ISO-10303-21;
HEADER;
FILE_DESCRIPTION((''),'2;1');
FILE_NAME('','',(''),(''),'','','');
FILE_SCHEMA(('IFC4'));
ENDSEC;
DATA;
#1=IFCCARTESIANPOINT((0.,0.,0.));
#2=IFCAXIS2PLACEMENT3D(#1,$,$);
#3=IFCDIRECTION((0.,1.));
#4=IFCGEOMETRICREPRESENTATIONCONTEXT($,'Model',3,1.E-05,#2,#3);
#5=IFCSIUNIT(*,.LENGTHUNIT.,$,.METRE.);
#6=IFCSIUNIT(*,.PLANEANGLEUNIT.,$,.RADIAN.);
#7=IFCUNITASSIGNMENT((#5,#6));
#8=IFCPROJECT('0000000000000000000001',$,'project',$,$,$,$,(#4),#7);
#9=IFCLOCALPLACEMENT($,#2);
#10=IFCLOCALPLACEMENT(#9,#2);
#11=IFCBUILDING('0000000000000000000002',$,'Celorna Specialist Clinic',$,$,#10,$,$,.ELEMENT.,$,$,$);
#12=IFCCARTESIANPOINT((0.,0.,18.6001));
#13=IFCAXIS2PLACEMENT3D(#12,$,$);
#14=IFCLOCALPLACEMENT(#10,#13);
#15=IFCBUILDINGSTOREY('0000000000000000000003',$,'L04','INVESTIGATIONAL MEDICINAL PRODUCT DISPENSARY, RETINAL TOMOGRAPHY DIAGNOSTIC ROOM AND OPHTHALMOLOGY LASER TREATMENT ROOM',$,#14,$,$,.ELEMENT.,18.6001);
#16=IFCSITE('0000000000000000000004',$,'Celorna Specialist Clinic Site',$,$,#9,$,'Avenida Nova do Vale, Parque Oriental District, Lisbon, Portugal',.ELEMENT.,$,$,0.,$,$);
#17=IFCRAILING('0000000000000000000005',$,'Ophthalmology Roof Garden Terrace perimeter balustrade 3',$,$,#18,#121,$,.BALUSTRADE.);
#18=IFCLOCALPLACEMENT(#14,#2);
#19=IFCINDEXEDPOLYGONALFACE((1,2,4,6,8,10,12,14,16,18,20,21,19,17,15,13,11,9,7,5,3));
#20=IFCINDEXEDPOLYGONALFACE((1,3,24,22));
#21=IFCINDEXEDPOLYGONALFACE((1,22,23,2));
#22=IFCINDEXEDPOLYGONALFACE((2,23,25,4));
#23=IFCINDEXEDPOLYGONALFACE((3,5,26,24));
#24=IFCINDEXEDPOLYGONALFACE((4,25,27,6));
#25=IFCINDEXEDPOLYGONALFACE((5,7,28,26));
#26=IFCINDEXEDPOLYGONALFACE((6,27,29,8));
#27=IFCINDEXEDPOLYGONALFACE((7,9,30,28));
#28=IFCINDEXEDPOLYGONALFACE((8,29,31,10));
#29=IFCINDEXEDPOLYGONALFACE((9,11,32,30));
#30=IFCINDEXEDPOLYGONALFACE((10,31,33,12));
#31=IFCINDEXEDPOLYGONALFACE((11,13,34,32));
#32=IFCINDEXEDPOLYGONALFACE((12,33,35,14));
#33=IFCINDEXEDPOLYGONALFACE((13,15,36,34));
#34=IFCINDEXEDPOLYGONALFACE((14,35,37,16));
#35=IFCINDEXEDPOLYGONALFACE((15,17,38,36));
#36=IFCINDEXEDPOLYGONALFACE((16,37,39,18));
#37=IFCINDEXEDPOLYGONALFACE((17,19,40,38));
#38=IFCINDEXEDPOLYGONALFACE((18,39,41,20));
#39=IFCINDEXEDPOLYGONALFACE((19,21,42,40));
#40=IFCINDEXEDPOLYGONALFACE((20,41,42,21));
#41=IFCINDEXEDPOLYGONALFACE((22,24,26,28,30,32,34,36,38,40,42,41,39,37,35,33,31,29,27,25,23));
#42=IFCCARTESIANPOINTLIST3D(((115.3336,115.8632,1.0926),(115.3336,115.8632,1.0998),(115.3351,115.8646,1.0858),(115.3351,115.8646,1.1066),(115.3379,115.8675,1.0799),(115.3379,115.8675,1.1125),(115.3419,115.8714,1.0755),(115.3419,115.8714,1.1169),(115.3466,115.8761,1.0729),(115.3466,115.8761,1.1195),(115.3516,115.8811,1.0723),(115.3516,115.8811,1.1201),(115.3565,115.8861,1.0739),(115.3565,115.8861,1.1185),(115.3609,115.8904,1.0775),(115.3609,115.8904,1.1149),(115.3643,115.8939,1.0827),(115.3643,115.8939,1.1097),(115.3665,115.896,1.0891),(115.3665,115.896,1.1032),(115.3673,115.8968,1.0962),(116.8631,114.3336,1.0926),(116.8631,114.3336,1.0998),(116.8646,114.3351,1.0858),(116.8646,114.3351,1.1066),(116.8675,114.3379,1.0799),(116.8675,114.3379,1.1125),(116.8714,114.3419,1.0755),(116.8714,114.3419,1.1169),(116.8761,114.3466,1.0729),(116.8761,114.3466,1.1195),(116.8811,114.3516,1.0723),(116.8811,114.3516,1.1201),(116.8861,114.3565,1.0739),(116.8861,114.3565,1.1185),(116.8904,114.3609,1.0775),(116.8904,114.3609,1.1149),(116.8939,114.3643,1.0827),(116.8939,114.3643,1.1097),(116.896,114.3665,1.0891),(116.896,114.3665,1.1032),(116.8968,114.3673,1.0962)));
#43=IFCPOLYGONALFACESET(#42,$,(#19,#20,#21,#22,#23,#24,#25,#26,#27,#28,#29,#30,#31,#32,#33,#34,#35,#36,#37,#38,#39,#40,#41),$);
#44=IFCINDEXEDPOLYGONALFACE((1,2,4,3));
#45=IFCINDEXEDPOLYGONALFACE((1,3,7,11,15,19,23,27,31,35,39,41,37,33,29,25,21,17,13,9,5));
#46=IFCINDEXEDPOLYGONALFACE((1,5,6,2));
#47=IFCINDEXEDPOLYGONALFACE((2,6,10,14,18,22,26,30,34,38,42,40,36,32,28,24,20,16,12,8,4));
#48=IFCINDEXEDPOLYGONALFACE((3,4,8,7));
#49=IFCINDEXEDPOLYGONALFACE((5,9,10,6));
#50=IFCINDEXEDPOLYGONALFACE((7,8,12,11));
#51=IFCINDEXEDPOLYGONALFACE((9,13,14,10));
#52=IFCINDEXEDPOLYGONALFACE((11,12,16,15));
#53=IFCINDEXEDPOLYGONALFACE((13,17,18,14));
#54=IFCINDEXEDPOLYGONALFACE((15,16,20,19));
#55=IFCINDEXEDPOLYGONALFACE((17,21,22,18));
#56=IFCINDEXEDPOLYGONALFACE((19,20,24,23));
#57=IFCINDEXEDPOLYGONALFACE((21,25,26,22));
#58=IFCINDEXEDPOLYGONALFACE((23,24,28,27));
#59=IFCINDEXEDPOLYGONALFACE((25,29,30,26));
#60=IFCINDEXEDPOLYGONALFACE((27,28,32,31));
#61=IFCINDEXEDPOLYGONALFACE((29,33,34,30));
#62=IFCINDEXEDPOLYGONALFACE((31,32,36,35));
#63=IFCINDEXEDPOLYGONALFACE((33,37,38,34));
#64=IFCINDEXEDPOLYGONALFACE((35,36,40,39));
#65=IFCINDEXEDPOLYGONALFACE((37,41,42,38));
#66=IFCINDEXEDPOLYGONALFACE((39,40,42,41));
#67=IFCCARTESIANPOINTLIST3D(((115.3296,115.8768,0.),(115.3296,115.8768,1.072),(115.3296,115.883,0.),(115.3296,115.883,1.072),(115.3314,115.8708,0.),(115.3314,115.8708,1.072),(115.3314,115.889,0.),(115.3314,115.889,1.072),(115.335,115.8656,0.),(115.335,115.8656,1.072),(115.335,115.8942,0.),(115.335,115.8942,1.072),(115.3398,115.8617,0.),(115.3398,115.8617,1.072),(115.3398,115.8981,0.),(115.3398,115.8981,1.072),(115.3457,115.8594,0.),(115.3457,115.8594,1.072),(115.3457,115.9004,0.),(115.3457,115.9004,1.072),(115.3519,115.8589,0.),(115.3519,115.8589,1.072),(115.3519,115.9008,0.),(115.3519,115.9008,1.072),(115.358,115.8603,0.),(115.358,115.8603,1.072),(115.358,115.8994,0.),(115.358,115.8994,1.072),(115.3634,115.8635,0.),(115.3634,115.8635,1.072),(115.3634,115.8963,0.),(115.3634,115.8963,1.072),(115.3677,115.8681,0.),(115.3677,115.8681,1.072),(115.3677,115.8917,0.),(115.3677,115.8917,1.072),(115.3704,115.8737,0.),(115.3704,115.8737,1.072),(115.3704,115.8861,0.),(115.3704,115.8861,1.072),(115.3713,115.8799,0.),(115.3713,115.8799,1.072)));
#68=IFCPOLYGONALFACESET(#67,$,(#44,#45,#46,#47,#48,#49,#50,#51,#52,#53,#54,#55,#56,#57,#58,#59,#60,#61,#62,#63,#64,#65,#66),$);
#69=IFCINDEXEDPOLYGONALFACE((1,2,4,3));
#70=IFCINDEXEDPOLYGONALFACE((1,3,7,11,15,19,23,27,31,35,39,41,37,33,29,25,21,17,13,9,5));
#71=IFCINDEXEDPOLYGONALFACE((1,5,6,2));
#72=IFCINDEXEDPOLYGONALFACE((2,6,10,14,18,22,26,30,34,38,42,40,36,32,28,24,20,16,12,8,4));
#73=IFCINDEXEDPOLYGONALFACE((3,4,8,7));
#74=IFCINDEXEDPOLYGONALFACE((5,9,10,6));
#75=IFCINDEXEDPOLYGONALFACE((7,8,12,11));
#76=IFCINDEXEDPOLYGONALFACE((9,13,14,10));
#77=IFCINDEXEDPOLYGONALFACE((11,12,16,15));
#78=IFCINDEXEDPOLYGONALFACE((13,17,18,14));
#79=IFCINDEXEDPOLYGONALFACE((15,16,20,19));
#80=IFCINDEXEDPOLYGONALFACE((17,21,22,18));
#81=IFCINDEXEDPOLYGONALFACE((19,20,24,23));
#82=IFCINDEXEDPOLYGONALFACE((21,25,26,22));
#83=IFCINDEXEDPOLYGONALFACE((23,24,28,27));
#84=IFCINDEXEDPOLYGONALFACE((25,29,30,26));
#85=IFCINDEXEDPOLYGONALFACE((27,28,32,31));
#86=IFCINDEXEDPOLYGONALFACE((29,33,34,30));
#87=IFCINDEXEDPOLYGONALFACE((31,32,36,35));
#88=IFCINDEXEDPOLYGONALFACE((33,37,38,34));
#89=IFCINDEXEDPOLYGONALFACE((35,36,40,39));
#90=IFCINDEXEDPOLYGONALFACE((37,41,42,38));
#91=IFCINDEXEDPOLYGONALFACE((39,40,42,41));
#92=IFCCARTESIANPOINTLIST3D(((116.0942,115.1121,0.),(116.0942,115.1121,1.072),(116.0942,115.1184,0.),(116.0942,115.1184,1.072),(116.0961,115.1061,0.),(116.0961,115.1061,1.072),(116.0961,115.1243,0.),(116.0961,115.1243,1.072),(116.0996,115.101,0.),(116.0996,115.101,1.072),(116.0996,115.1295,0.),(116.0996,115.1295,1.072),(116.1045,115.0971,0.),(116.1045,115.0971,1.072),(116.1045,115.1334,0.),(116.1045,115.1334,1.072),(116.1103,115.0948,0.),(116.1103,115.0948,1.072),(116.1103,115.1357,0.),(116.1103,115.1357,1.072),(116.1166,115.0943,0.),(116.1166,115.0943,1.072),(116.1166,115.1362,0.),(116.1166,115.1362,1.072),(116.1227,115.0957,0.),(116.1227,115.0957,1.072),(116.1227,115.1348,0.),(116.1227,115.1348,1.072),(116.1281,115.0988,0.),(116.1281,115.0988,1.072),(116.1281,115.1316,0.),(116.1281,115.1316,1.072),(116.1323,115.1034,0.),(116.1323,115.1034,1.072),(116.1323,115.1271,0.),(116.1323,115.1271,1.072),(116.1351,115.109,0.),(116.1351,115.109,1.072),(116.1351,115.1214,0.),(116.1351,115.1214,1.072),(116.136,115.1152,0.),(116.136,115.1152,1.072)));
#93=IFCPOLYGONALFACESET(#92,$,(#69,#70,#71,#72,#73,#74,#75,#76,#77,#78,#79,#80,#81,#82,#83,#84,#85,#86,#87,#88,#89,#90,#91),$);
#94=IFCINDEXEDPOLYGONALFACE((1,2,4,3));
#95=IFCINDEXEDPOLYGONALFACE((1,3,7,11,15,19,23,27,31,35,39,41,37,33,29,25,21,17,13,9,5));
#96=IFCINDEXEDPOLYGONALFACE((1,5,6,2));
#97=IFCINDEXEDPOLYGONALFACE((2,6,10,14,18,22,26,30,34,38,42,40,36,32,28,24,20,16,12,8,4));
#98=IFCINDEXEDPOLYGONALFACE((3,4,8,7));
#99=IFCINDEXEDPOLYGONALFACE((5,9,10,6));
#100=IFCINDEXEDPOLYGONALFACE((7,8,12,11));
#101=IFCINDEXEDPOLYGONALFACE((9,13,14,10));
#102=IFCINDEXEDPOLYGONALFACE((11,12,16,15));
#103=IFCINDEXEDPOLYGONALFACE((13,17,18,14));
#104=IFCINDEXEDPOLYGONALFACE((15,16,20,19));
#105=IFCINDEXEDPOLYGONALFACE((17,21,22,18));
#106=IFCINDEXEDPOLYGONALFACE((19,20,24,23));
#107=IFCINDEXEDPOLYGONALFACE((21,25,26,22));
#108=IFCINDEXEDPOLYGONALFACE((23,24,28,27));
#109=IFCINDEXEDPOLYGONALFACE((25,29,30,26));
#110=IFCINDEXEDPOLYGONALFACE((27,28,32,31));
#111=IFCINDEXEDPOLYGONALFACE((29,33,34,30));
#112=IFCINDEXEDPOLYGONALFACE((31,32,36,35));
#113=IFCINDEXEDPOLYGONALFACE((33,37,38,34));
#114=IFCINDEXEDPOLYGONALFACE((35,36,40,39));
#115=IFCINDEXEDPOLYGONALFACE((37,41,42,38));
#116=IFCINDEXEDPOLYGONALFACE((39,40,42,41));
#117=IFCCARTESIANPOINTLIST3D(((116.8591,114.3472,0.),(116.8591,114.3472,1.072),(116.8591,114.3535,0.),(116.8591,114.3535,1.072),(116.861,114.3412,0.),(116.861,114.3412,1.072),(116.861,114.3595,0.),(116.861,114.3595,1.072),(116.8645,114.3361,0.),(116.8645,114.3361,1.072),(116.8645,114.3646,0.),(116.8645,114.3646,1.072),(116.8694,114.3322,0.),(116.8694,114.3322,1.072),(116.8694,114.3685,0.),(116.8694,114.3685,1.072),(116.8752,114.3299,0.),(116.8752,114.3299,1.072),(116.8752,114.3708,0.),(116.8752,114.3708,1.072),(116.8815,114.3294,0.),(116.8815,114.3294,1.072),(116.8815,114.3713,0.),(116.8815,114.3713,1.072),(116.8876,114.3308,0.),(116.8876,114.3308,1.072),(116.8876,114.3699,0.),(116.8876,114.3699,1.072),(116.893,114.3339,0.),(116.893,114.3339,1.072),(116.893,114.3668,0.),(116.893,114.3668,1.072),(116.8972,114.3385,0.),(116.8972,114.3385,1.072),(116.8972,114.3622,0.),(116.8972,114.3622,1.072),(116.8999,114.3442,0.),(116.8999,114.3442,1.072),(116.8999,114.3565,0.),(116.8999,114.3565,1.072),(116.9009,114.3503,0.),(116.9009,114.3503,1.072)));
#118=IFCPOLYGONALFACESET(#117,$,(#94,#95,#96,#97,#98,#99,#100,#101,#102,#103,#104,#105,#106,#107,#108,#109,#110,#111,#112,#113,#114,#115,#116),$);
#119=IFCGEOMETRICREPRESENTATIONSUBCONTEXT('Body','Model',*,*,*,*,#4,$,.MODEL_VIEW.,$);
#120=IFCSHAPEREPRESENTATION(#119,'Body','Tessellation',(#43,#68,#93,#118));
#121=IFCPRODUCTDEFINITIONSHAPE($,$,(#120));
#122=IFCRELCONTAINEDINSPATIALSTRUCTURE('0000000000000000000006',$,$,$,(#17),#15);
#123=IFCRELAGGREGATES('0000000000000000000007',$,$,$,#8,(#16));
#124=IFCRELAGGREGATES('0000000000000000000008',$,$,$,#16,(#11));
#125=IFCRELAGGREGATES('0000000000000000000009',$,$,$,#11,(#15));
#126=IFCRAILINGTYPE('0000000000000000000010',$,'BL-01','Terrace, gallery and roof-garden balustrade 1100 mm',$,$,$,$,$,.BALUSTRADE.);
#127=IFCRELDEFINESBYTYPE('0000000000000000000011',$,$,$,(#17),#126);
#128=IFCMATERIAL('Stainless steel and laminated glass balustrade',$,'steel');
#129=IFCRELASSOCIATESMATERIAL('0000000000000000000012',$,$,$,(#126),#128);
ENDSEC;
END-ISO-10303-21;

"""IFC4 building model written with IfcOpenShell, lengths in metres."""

from ifc_helpers import new_model, si_unit, direction, frame, origin, origin_2d, place, context, subcontext, project, spatial, circle, extrude, material, type_object, element, save


model = new_model("IFC4")

# Units and contexts
model_context = context("Model", 3, precision=1e-05, world=origin(), true_north=direction((0.0, 1.0)))
body_context = subcontext(model_context, "Body", "Model", "MODEL_VIEW")
ifc_project = project(units=[si_unit("LENGTHUNIT", "METRE"), si_unit("PLANEANGLEUNIT", "RADIAN")], contexts=[model_context])

# Site, building, storey
site_placement = place(None, origin())
site = spatial("IfcSite", under=ifc_project, at=site_placement, Name="Celorna Specialist Clinic Site", LongName="Avenida Nova do Vale, Parque Oriental District, Lisbon, Portugal", CompositionType="ELEMENT", RefElevation=0.0)
building_placement = place(site_placement, origin())
building = spatial("IfcBuilding", under=site, at=building_placement, Name="Celorna Specialist Clinic", CompositionType="ELEMENT")
storey_placement = place(building_placement, frame((0.0, 0.0, 18.6001)))
storey = spatial("IfcBuildingStorey", under=building, at=storey_placement, Name="L04", Description="INVESTIGATIONAL MEDICINAL PRODUCT DISPENSARY, RETINAL TOMOGRAPHY DIAGNOSTIC ROOM AND OPHTHALMOLOGY LASER TREATMENT ROOM", CompositionType="ELEMENT", Elevation=18.6001)

# Railing
ifc_material_1 = material(Name="Stainless steel and laminated glass balustrade", Category="steel")
railing_type = type_object("IfcRailingType", Name="BL-01", Description="Terrace, gallery and roof-garden balustrade 1100 mm", PredefinedType="BALUSTRADE", material=ifc_material_1)
railing_1_placement = place(storey_placement, frame((115.3503, 115.8799, 0.0)))
element("IfcRailing", 1, at=railing_1_placement, inside=storey, type_object=railing_type, Name="Ophthalmology Roof Garden Terrace perimeter balustrade 3", PredefinedType="BALUSTRADE", context=body_context, shape_type="SweptSolid", body=[
    extrude(circle(Radius=0.0239, at=origin_2d()), frame((0.0, 0.0, 1.0962), z_axis=(0.707107, -0.707107, 0.0), x_axis=(0.707107, 0.707107, 0.0)), (0.0, 0.0, 1.0), 2.1631),
    extrude(circle(Radius=0.021, at=origin_2d()), origin(), (0.0, 0.0, 1.0), 1.072),
    extrude(circle(Radius=0.021, at=origin_2d()), frame((0.7646, -0.7646, 0.0)), (0.0, 0.0, 1.0), 1.072),
    extrude(circle(Radius=0.021, at=origin_2d()), frame((1.5295, -1.5295, 0.0)), (0.0, 0.0, 1.0), 1.072),
])

save(model, "model.ifc")
